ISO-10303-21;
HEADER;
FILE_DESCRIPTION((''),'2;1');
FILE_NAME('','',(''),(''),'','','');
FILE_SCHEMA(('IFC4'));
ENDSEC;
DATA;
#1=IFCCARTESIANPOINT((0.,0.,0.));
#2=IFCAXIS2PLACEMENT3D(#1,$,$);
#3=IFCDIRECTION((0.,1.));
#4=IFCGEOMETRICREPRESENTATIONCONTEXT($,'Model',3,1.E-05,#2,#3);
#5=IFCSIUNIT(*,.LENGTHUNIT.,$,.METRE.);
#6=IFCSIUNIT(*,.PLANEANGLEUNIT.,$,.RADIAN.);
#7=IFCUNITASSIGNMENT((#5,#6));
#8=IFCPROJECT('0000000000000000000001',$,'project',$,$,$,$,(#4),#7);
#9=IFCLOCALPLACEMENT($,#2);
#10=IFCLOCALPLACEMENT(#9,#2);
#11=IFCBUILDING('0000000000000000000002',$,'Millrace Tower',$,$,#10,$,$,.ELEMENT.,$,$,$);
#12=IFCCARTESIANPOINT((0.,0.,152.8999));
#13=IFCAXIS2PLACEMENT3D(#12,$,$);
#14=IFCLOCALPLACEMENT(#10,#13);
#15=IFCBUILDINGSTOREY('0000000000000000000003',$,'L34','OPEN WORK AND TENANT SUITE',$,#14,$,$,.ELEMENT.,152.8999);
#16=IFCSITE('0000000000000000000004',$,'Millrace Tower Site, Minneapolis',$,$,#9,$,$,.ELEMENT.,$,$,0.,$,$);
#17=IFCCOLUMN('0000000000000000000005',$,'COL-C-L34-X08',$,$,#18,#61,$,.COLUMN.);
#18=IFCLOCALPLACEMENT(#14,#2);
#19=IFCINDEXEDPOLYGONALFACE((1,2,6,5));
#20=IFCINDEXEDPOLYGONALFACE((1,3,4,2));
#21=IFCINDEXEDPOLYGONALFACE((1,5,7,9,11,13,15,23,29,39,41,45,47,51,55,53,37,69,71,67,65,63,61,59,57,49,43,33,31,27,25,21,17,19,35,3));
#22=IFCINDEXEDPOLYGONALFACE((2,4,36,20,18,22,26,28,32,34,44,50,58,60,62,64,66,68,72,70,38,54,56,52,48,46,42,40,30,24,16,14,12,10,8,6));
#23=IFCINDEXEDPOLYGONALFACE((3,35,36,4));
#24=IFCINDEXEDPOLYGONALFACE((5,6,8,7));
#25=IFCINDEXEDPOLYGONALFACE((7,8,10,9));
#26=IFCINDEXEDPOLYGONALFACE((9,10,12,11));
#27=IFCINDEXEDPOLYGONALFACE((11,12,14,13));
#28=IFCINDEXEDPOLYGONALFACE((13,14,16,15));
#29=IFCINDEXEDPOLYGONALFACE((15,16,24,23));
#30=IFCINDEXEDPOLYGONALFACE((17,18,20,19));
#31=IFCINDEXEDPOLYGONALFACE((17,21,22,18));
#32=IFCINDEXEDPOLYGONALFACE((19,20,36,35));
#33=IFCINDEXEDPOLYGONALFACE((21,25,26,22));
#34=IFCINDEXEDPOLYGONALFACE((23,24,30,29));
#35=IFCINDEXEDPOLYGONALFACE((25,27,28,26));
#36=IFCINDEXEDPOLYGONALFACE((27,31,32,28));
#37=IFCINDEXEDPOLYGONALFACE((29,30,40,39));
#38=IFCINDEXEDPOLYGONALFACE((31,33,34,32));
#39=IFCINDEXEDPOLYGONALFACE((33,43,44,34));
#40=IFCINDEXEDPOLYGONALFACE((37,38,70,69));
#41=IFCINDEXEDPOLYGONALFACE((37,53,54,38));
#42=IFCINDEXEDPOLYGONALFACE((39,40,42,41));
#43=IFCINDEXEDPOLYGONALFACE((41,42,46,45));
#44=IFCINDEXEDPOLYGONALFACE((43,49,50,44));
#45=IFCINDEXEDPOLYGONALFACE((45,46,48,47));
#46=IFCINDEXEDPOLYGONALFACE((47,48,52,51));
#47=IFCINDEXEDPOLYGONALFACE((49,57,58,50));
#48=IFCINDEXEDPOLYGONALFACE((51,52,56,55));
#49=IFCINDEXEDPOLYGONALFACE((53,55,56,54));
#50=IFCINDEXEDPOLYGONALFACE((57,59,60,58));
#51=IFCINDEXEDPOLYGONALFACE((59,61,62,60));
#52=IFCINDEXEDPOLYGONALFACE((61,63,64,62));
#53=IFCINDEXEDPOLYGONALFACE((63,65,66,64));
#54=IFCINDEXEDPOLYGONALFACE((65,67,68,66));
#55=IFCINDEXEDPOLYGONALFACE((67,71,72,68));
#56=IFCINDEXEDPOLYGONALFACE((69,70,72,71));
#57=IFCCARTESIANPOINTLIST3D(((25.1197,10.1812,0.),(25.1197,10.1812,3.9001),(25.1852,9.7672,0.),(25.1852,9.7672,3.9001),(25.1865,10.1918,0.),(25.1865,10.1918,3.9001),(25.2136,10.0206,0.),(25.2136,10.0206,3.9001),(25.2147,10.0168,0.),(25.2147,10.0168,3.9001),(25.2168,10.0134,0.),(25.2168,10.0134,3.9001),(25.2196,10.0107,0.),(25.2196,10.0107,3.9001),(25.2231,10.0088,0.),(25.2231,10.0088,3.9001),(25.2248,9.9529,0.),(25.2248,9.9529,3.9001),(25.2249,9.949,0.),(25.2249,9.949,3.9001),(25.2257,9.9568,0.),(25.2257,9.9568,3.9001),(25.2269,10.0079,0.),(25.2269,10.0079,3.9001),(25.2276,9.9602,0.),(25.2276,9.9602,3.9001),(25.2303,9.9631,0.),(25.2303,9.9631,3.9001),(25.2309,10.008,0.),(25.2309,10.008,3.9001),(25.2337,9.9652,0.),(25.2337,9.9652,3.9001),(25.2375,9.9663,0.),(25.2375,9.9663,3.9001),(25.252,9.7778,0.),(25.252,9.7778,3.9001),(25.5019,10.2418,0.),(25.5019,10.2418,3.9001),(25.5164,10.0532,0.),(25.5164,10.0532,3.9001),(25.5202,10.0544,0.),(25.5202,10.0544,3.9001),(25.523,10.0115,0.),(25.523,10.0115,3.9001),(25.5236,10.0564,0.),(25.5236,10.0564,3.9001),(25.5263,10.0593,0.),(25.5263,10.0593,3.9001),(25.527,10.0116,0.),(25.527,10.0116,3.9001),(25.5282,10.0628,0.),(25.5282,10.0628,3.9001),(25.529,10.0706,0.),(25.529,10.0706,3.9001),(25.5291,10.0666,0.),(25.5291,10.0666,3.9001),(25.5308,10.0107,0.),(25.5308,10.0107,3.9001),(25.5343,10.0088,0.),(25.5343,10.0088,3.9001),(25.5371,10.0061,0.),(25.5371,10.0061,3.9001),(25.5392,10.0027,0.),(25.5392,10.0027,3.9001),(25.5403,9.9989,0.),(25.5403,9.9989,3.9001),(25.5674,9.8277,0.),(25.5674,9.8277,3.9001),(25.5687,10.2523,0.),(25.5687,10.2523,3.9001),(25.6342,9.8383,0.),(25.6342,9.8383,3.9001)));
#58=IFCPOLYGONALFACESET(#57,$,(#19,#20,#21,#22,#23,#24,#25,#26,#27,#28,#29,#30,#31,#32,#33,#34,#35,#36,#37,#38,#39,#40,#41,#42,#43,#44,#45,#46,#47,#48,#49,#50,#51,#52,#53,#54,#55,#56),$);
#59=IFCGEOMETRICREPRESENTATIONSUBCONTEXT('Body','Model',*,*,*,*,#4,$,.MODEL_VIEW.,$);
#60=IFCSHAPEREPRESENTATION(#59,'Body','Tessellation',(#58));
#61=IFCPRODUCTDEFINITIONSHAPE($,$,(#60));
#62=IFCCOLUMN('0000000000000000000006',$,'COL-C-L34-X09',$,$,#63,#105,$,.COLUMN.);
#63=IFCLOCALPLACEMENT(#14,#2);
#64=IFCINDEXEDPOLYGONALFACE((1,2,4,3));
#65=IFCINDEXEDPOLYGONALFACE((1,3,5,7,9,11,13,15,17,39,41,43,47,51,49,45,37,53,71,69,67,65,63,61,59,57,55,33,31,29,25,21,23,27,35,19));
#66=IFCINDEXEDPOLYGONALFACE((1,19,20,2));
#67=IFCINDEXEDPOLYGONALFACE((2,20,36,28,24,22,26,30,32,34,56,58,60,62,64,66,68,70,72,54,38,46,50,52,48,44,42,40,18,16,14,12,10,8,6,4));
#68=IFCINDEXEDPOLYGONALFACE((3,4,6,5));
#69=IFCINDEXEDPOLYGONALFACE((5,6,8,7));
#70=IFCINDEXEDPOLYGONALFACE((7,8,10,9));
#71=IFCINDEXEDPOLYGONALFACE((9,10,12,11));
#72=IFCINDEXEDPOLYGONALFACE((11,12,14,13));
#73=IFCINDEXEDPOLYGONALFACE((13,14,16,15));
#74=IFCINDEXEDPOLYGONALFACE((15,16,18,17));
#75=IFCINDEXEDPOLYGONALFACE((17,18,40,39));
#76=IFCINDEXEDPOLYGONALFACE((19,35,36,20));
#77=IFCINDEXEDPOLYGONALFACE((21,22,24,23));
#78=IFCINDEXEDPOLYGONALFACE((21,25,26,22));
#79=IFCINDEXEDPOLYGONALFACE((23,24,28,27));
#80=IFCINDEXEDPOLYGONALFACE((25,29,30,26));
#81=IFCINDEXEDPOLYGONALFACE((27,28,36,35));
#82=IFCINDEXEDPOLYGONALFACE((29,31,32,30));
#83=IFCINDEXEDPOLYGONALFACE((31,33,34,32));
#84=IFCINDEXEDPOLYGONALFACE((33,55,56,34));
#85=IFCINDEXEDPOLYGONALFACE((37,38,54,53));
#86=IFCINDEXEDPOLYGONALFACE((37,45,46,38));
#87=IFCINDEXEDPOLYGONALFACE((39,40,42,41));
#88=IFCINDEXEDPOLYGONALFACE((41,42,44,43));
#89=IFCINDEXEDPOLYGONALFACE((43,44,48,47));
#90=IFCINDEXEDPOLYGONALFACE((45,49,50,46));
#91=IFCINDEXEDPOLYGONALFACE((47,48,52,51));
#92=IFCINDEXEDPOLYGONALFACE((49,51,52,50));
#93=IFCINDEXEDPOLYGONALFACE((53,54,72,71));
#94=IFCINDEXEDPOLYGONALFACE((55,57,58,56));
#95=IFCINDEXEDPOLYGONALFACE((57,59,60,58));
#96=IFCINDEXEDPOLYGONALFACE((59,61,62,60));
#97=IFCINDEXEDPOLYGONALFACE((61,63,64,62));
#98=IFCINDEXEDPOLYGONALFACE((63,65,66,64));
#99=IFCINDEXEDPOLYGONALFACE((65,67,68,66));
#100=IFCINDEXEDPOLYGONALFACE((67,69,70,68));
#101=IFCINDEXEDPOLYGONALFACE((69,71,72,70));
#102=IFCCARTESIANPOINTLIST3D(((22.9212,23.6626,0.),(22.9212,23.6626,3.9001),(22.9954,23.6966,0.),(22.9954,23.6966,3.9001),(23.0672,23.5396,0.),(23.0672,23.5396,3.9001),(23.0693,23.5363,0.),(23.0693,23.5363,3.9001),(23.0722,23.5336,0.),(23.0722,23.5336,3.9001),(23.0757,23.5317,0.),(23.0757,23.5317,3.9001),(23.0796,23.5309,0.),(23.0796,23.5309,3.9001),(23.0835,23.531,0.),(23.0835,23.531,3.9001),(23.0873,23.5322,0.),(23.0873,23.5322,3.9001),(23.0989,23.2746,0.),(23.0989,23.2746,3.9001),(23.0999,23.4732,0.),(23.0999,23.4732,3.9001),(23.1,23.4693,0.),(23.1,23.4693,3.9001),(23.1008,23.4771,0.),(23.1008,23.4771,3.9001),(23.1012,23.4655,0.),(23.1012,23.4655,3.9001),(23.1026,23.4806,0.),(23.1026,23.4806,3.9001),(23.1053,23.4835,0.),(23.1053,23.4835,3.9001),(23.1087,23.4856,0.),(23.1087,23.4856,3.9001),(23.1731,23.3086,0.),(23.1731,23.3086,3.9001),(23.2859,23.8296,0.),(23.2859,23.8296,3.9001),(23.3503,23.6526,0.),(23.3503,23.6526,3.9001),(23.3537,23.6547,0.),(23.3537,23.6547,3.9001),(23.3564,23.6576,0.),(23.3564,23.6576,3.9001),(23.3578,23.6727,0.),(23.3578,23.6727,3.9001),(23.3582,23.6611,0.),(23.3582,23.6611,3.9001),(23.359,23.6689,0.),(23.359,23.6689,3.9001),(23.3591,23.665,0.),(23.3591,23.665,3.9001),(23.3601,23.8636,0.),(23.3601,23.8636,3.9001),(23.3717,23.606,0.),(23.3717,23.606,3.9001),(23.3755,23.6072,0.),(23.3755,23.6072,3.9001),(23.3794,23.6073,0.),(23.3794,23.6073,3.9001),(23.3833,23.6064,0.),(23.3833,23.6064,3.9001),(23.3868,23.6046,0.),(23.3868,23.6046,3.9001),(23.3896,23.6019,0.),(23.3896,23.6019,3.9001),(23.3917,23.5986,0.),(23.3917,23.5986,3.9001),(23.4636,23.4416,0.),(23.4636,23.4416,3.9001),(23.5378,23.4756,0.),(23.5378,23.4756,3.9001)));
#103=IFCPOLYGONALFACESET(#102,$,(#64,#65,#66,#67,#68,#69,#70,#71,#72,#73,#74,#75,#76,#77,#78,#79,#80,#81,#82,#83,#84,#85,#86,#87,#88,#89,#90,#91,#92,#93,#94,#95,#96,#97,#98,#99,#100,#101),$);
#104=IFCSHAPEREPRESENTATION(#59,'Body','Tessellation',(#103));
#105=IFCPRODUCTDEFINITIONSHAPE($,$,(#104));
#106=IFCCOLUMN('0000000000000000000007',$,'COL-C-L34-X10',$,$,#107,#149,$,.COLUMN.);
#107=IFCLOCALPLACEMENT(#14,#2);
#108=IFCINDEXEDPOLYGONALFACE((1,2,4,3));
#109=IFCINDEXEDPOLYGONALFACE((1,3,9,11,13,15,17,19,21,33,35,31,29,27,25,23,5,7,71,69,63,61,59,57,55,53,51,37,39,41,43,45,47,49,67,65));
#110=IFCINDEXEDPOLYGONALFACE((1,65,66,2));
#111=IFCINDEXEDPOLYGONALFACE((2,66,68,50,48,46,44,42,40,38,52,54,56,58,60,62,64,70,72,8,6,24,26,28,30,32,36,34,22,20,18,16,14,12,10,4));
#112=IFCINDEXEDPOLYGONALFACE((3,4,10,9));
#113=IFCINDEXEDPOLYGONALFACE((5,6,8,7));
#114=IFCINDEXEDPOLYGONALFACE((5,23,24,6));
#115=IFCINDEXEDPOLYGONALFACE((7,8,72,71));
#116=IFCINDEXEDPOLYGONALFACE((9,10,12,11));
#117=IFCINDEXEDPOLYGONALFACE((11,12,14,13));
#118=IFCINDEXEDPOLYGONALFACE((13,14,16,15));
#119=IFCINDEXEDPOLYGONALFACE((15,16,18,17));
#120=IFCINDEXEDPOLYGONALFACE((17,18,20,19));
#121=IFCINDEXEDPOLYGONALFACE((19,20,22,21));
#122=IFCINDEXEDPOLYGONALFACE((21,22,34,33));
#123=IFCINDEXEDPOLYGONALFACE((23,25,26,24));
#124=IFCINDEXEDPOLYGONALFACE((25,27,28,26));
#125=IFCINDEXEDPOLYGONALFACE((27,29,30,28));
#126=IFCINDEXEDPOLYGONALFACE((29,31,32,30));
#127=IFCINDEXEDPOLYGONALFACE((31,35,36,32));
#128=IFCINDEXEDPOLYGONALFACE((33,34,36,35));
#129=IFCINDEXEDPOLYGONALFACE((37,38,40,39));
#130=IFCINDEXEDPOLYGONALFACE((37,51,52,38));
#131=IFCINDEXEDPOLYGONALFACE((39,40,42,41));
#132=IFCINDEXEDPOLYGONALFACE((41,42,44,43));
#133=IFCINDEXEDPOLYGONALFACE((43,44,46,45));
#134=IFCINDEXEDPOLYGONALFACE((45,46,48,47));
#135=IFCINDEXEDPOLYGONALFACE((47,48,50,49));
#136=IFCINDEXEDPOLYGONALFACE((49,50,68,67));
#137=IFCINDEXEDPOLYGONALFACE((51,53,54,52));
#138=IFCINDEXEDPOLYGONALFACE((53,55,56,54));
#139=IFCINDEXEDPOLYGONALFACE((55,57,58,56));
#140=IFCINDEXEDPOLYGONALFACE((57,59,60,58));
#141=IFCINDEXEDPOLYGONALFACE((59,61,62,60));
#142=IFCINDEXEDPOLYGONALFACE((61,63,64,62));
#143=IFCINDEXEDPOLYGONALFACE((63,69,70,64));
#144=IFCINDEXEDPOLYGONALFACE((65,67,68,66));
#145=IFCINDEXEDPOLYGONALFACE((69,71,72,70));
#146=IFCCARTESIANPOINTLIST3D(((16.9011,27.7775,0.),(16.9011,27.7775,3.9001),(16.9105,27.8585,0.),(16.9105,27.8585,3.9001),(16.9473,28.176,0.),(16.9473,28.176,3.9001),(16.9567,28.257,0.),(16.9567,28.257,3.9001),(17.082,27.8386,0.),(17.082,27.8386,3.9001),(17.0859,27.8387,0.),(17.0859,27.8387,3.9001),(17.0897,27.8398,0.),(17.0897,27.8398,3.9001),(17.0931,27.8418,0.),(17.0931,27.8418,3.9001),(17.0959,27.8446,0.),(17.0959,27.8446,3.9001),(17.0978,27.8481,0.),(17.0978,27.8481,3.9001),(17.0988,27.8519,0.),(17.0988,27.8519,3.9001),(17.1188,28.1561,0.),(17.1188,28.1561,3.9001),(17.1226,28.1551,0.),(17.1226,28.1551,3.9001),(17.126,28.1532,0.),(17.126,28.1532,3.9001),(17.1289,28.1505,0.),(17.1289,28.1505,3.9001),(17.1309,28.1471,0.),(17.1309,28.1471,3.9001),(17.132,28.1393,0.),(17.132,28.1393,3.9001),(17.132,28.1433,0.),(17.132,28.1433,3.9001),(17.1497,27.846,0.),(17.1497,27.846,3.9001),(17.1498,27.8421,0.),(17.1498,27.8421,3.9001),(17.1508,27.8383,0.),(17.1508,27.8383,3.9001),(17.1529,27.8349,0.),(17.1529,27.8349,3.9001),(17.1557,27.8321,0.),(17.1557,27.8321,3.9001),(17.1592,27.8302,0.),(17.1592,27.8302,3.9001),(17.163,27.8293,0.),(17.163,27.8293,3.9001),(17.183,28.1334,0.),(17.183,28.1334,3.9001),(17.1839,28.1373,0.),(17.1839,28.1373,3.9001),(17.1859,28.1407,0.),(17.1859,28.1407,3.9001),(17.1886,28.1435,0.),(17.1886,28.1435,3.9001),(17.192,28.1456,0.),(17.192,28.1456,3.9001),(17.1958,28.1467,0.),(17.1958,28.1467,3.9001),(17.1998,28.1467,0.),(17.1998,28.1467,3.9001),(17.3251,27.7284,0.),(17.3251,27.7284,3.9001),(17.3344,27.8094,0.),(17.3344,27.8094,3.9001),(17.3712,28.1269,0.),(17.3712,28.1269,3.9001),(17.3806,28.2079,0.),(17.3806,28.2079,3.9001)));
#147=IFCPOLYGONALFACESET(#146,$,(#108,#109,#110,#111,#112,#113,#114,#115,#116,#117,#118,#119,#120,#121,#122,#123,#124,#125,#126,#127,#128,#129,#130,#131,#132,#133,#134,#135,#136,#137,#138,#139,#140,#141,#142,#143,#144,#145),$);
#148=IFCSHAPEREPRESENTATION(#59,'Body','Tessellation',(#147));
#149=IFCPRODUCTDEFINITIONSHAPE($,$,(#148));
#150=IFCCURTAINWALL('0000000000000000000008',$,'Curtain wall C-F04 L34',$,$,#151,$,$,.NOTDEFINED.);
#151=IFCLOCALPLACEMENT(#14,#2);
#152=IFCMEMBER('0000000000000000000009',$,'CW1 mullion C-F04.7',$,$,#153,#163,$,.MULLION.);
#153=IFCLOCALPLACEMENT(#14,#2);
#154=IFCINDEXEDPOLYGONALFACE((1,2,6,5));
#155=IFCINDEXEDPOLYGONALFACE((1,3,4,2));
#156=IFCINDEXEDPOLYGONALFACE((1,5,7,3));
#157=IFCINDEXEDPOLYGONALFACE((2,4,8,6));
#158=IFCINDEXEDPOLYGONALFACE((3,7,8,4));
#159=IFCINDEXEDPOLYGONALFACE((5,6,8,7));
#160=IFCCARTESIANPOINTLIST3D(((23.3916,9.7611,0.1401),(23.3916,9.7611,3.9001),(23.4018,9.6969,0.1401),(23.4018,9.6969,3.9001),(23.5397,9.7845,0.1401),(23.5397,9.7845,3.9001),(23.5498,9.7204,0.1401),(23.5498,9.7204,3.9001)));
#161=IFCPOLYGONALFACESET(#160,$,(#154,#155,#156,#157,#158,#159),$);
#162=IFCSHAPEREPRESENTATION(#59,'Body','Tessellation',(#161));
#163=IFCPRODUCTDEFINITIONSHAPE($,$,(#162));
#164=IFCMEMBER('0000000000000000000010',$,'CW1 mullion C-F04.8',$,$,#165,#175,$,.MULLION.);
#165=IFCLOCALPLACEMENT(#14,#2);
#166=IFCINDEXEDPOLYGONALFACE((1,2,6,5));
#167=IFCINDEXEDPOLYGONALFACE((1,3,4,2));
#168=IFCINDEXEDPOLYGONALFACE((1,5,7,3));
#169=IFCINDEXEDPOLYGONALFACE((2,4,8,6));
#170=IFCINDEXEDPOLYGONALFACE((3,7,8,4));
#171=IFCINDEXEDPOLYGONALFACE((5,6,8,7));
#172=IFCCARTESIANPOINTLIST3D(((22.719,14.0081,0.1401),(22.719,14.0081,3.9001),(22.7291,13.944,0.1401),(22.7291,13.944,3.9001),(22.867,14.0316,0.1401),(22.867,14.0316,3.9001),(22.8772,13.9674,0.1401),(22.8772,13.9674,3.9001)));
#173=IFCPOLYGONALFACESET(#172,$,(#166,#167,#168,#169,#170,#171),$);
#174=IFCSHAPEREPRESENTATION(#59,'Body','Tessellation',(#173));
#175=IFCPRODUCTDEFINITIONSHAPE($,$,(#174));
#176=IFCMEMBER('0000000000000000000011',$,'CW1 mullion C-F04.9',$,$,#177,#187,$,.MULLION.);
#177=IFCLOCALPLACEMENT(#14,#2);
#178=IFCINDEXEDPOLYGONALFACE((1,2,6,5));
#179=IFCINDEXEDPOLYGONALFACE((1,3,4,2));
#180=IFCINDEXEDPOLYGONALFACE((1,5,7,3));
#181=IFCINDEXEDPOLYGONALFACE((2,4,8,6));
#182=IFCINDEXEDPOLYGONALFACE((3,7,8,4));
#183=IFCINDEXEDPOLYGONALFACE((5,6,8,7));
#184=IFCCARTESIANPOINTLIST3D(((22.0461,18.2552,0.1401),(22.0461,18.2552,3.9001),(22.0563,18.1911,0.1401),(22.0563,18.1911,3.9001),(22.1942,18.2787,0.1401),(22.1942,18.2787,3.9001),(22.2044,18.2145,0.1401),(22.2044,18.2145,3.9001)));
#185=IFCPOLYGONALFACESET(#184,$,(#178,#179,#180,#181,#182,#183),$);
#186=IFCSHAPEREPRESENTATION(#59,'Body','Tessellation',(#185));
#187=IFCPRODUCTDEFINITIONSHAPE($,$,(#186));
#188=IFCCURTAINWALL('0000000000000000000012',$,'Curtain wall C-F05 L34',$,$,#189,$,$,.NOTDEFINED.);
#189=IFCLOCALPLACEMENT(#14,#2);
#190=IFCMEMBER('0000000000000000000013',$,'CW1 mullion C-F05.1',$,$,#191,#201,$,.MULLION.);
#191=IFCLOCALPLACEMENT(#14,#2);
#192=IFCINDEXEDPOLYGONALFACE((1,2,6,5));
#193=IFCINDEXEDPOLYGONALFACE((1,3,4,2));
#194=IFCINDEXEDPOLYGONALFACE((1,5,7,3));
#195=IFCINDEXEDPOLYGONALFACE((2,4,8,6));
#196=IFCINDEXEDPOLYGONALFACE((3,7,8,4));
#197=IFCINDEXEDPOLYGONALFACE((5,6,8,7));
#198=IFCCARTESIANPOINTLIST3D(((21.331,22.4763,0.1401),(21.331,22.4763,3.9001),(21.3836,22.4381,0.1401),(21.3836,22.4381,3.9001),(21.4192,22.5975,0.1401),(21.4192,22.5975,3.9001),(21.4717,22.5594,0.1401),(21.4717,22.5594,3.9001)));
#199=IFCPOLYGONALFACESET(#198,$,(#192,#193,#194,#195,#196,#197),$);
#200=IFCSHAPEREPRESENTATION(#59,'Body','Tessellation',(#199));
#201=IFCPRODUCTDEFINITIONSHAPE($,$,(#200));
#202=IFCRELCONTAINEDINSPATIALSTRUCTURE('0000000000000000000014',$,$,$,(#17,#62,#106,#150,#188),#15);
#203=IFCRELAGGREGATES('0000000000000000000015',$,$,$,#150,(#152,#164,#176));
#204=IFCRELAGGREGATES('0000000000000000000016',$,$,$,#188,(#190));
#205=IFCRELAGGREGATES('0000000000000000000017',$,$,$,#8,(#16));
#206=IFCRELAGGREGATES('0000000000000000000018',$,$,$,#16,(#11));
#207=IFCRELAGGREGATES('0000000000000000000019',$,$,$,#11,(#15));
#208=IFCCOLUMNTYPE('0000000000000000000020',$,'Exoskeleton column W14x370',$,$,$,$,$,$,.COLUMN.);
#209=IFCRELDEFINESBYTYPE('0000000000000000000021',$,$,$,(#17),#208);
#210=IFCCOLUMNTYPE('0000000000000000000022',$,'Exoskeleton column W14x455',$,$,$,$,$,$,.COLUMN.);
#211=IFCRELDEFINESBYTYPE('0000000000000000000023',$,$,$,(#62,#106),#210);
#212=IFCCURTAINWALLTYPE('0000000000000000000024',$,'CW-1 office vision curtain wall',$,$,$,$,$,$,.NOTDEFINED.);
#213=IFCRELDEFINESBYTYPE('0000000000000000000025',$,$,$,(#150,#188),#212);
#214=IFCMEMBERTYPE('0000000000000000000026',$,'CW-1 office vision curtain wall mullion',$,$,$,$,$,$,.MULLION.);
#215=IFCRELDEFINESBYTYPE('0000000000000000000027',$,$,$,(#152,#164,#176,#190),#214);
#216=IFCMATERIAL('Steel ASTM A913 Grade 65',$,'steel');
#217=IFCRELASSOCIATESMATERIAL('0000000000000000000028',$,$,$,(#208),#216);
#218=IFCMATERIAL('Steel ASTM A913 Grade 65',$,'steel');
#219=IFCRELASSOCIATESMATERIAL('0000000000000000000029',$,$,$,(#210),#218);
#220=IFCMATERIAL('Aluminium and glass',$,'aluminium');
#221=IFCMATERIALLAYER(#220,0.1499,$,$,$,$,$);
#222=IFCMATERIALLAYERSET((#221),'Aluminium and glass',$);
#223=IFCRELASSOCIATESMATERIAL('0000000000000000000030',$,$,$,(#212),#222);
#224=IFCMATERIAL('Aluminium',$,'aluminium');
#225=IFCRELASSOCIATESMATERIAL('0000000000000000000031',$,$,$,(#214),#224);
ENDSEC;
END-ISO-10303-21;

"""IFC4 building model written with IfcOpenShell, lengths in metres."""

from ifc_helpers import new_model, si_unit, direction, frame, origin, origin_2d, place, context, subcontext, project, spatial, rectangle, i_section, extrude, material, layer, layer_set, material_profile, profile_set, type_object, element, aggregate, save


model = new_model("IFC4")

# Units and contexts
model_context = context("Model", 3, precision=1e-05, world=origin(), true_north=direction((0.0, 1.0)))
body_context = subcontext(model_context, "Body", "Model", "MODEL_VIEW")
ifc_project = project(units=[si_unit("LENGTHUNIT", "METRE"), si_unit("PLANEANGLEUNIT", "RADIAN")], contexts=[model_context])

# Site, building, storey
site_placement = place(None, origin())
site = spatial("IfcSite", under=ifc_project, at=site_placement, Name="Millrace Tower Site, Minneapolis", CompositionType="ELEMENT", RefElevation=0.0)
building_placement = place(site_placement, origin())
building = spatial("IfcBuilding", under=site, at=building_placement, Name="Millrace Tower", CompositionType="ELEMENT")
storey_placement = place(building_placement, frame((0.0, 0.0, 152.8999)))
storey = spatial("IfcBuildingStorey", under=building, at=storey_placement, Name="L34", Description="OPEN WORK AND TENANT SUITE", CompositionType="ELEMENT", Elevation=152.8999)

# Columns
ifc_material_1 = material(Name="Steel ASTM A913 Grade 65", Category="steel")
ifc_material_profile_1 = material_profile(ifc_material_1, i_section(OverallWidth=0.4192, OverallDepth=0.4546, WebThickness=0.0422, FlangeThickness=0.0676, FilletRadius=0.0151, at=origin_2d()))
ifc_profile_set_1 = profile_set([ifc_material_profile_1], Name="Steel ASTM A913 Grade 65")
column_type_1 = type_object("IfcColumnType", Name="Exoskeleton column W14x370", PredefinedType="COLUMN", material=ifc_profile_set_1)
column_placement = place(storey_placement, frame((25.377, 10.0098, 0.0), z_axis=(0.0, 0.0, 1.0), x_axis=(-0.156434, 0.987688, 0.0)))
element("IfcColumn", 1, at=column_placement, inside=storey, type_object=column_type_1, Name="COL-C-L34-X08", PredefinedType="COLUMN", context=body_context, shape_type="SweptSolid", body=[
    extrude(i_section(OverallWidth=0.4192, OverallDepth=0.4546, WebThickness=0.0422, FlangeThickness=0.0676, FilletRadius=0.0151, at=origin_2d()), origin(), (0.0, 0.0, 1.0), 3.9001),
])
ifc_material_2 = material(Name="Steel ASTM A913 Grade 65", Category="steel")
ifc_material_profile_2 = material_profile(ifc_material_2, i_section(OverallWidth=0.4268, OverallDepth=0.4827, WebThickness=0.0513, FlangeThickness=0.0815, FilletRadius=0.0151, at=origin_2d()))
ifc_profile_set_2 = profile_set([ifc_material_profile_2], Name="Steel ASTM A913 Grade 65")
column_type_2 = type_object("IfcColumnType", Name="Exoskeleton column W14x455", PredefinedType="COLUMN", material=ifc_profile_set_2)
for number, where, z_axis, x_axis, name in (
    (2, (23.2295, 23.5691, 0.0), (0.0, 0.0, 1.0), (-0.416401, 0.909181, 0.0), "COL-C-L34-X09"),
    (3, (17.1409, 27.9927, 0.0), (0.0, 0.0, 1.0), (-0.993358, 0.115069, 0.0), "COL-C-L34-X10"),
):
    element("IfcColumn", number, at=place(storey_placement, frame(where, z_axis=z_axis, x_axis=x_axis)), inside=storey, type_object=column_type_2, Name=name, PredefinedType="COLUMN", context=body_context, shape_type="SweptSolid", body=[
        extrude(i_section(OverallWidth=0.4268, OverallDepth=0.4827, WebThickness=0.0513, FlangeThickness=0.0815, FilletRadius=0.0151, at=origin_2d()), origin(), (0.0, 0.0, 1.0), 3.9001),
    ])

# Curtain wall, members
ifc_material_3 = material(Name="Aluminium and glass", Category="aluminium")
ifc_layer_1 = layer(ifc_material_3, 0.1499)
ifc_layer_set_1 = layer_set([ifc_layer_1], Name="Aluminium and glass")
curtain_wall_type = type_object("IfcCurtainWallType", Name="CW-1 office vision curtain wall", PredefinedType="NOTDEFINED", material=ifc_layer_set_1)
placement = place(storey_placement, origin())
curtain_wall_1 = element("IfcCurtainWall", 4, at=placement, inside=storey, type_object=curtain_wall_type, Name="Curtain wall C-F04 L34", PredefinedType="NOTDEFINED")
ifc_material_4 = material(Name="Aluminium", Category="aluminium")
ifc_material_profile_3 = material_profile(ifc_material_4, rectangle(XDim=0.0649, YDim=0.1499, at=origin_2d()))
ifc_profile_set_3 = profile_set([ifc_material_profile_3], Name="Aluminium")
member_type_1 = type_object("IfcMemberType", Name="CW-1 office vision curtain wall mullion", PredefinedType="MULLION", material=ifc_profile_set_3)
member_1_placement = place(storey_placement, frame((23.4707, 9.7407, 0.1401), z_axis=(0.0, 0.0, 1.0), x_axis=(-0.156434, 0.987688, 0.0)))
member_1 = element("IfcMember", 5, at=member_1_placement, type_object=member_type_1, Name="CW1 mullion C-F04.7", PredefinedType="MULLION", context=body_context, shape_type="SweptSolid", body=[
    extrude(rectangle(XDim=0.0649, YDim=0.1499, at=origin_2d()), origin(), (0.0, 0.0, 1.0), 3.76),
])
member_2_placement = place(storey_placement, frame((22.7981, 13.9878, 0.1401), z_axis=(0.0, 0.0, 1.0), x_axis=(-0.156434, 0.987688, 0.0)))
member_2 = element("IfcMember", 6, at=member_2_placement, type_object=member_type_1, Name="CW1 mullion C-F04.8", PredefinedType="MULLION", context=body_context, shape_type="SweptSolid", body=[
    extrude(rectangle(XDim=0.0649, YDim=0.1499, at=origin_2d()), origin(), (0.0, 0.0, 1.0), 3.76),
])
member_3_placement = place(storey_placement, frame((22.1252, 18.2349, 0.1401), z_axis=(0.0, 0.0, 1.0), x_axis=(-0.156434, 0.987688, 0.0)))
member_3 = element("IfcMember", 7, at=member_3_placement, type_object=member_type_1, Name="CW1 mullion C-F04.9", PredefinedType="MULLION", context=body_context, shape_type="SweptSolid", body=[
    extrude(rectangle(XDim=0.0649, YDim=0.1499, at=origin_2d()), origin(), (0.0, 0.0, 1.0), 3.76),
])
aggregate(curtain_wall_1, [member_1, member_2, member_3])

# Curtain wall, member
curtain_wall_2 = element("IfcCurtainWall", 8, at=placement, inside=storey, type_object=curtain_wall_type, Name="Curtain wall C-F05 L34", PredefinedType="NOTDEFINED")
member_4_placement = place(storey_placement, frame((21.4014, 22.5178, 0.1401), z_axis=(0.0, 0.0, 1.0), x_axis=(-0.809017, 0.587785, 0.0)))
member_4 = element("IfcMember", 9, at=member_4_placement, type_object=member_type_1, Name="CW1 mullion C-F05.1", PredefinedType="MULLION", context=body_context, shape_type="SweptSolid", body=[
    extrude(rectangle(XDim=0.0649, YDim=0.1499, at=origin_2d()), origin(), (0.0, 0.0, 1.0), 3.76),
])

aggregate(curtain_wall_2, [member_4])

save(model, "model.ifc")
